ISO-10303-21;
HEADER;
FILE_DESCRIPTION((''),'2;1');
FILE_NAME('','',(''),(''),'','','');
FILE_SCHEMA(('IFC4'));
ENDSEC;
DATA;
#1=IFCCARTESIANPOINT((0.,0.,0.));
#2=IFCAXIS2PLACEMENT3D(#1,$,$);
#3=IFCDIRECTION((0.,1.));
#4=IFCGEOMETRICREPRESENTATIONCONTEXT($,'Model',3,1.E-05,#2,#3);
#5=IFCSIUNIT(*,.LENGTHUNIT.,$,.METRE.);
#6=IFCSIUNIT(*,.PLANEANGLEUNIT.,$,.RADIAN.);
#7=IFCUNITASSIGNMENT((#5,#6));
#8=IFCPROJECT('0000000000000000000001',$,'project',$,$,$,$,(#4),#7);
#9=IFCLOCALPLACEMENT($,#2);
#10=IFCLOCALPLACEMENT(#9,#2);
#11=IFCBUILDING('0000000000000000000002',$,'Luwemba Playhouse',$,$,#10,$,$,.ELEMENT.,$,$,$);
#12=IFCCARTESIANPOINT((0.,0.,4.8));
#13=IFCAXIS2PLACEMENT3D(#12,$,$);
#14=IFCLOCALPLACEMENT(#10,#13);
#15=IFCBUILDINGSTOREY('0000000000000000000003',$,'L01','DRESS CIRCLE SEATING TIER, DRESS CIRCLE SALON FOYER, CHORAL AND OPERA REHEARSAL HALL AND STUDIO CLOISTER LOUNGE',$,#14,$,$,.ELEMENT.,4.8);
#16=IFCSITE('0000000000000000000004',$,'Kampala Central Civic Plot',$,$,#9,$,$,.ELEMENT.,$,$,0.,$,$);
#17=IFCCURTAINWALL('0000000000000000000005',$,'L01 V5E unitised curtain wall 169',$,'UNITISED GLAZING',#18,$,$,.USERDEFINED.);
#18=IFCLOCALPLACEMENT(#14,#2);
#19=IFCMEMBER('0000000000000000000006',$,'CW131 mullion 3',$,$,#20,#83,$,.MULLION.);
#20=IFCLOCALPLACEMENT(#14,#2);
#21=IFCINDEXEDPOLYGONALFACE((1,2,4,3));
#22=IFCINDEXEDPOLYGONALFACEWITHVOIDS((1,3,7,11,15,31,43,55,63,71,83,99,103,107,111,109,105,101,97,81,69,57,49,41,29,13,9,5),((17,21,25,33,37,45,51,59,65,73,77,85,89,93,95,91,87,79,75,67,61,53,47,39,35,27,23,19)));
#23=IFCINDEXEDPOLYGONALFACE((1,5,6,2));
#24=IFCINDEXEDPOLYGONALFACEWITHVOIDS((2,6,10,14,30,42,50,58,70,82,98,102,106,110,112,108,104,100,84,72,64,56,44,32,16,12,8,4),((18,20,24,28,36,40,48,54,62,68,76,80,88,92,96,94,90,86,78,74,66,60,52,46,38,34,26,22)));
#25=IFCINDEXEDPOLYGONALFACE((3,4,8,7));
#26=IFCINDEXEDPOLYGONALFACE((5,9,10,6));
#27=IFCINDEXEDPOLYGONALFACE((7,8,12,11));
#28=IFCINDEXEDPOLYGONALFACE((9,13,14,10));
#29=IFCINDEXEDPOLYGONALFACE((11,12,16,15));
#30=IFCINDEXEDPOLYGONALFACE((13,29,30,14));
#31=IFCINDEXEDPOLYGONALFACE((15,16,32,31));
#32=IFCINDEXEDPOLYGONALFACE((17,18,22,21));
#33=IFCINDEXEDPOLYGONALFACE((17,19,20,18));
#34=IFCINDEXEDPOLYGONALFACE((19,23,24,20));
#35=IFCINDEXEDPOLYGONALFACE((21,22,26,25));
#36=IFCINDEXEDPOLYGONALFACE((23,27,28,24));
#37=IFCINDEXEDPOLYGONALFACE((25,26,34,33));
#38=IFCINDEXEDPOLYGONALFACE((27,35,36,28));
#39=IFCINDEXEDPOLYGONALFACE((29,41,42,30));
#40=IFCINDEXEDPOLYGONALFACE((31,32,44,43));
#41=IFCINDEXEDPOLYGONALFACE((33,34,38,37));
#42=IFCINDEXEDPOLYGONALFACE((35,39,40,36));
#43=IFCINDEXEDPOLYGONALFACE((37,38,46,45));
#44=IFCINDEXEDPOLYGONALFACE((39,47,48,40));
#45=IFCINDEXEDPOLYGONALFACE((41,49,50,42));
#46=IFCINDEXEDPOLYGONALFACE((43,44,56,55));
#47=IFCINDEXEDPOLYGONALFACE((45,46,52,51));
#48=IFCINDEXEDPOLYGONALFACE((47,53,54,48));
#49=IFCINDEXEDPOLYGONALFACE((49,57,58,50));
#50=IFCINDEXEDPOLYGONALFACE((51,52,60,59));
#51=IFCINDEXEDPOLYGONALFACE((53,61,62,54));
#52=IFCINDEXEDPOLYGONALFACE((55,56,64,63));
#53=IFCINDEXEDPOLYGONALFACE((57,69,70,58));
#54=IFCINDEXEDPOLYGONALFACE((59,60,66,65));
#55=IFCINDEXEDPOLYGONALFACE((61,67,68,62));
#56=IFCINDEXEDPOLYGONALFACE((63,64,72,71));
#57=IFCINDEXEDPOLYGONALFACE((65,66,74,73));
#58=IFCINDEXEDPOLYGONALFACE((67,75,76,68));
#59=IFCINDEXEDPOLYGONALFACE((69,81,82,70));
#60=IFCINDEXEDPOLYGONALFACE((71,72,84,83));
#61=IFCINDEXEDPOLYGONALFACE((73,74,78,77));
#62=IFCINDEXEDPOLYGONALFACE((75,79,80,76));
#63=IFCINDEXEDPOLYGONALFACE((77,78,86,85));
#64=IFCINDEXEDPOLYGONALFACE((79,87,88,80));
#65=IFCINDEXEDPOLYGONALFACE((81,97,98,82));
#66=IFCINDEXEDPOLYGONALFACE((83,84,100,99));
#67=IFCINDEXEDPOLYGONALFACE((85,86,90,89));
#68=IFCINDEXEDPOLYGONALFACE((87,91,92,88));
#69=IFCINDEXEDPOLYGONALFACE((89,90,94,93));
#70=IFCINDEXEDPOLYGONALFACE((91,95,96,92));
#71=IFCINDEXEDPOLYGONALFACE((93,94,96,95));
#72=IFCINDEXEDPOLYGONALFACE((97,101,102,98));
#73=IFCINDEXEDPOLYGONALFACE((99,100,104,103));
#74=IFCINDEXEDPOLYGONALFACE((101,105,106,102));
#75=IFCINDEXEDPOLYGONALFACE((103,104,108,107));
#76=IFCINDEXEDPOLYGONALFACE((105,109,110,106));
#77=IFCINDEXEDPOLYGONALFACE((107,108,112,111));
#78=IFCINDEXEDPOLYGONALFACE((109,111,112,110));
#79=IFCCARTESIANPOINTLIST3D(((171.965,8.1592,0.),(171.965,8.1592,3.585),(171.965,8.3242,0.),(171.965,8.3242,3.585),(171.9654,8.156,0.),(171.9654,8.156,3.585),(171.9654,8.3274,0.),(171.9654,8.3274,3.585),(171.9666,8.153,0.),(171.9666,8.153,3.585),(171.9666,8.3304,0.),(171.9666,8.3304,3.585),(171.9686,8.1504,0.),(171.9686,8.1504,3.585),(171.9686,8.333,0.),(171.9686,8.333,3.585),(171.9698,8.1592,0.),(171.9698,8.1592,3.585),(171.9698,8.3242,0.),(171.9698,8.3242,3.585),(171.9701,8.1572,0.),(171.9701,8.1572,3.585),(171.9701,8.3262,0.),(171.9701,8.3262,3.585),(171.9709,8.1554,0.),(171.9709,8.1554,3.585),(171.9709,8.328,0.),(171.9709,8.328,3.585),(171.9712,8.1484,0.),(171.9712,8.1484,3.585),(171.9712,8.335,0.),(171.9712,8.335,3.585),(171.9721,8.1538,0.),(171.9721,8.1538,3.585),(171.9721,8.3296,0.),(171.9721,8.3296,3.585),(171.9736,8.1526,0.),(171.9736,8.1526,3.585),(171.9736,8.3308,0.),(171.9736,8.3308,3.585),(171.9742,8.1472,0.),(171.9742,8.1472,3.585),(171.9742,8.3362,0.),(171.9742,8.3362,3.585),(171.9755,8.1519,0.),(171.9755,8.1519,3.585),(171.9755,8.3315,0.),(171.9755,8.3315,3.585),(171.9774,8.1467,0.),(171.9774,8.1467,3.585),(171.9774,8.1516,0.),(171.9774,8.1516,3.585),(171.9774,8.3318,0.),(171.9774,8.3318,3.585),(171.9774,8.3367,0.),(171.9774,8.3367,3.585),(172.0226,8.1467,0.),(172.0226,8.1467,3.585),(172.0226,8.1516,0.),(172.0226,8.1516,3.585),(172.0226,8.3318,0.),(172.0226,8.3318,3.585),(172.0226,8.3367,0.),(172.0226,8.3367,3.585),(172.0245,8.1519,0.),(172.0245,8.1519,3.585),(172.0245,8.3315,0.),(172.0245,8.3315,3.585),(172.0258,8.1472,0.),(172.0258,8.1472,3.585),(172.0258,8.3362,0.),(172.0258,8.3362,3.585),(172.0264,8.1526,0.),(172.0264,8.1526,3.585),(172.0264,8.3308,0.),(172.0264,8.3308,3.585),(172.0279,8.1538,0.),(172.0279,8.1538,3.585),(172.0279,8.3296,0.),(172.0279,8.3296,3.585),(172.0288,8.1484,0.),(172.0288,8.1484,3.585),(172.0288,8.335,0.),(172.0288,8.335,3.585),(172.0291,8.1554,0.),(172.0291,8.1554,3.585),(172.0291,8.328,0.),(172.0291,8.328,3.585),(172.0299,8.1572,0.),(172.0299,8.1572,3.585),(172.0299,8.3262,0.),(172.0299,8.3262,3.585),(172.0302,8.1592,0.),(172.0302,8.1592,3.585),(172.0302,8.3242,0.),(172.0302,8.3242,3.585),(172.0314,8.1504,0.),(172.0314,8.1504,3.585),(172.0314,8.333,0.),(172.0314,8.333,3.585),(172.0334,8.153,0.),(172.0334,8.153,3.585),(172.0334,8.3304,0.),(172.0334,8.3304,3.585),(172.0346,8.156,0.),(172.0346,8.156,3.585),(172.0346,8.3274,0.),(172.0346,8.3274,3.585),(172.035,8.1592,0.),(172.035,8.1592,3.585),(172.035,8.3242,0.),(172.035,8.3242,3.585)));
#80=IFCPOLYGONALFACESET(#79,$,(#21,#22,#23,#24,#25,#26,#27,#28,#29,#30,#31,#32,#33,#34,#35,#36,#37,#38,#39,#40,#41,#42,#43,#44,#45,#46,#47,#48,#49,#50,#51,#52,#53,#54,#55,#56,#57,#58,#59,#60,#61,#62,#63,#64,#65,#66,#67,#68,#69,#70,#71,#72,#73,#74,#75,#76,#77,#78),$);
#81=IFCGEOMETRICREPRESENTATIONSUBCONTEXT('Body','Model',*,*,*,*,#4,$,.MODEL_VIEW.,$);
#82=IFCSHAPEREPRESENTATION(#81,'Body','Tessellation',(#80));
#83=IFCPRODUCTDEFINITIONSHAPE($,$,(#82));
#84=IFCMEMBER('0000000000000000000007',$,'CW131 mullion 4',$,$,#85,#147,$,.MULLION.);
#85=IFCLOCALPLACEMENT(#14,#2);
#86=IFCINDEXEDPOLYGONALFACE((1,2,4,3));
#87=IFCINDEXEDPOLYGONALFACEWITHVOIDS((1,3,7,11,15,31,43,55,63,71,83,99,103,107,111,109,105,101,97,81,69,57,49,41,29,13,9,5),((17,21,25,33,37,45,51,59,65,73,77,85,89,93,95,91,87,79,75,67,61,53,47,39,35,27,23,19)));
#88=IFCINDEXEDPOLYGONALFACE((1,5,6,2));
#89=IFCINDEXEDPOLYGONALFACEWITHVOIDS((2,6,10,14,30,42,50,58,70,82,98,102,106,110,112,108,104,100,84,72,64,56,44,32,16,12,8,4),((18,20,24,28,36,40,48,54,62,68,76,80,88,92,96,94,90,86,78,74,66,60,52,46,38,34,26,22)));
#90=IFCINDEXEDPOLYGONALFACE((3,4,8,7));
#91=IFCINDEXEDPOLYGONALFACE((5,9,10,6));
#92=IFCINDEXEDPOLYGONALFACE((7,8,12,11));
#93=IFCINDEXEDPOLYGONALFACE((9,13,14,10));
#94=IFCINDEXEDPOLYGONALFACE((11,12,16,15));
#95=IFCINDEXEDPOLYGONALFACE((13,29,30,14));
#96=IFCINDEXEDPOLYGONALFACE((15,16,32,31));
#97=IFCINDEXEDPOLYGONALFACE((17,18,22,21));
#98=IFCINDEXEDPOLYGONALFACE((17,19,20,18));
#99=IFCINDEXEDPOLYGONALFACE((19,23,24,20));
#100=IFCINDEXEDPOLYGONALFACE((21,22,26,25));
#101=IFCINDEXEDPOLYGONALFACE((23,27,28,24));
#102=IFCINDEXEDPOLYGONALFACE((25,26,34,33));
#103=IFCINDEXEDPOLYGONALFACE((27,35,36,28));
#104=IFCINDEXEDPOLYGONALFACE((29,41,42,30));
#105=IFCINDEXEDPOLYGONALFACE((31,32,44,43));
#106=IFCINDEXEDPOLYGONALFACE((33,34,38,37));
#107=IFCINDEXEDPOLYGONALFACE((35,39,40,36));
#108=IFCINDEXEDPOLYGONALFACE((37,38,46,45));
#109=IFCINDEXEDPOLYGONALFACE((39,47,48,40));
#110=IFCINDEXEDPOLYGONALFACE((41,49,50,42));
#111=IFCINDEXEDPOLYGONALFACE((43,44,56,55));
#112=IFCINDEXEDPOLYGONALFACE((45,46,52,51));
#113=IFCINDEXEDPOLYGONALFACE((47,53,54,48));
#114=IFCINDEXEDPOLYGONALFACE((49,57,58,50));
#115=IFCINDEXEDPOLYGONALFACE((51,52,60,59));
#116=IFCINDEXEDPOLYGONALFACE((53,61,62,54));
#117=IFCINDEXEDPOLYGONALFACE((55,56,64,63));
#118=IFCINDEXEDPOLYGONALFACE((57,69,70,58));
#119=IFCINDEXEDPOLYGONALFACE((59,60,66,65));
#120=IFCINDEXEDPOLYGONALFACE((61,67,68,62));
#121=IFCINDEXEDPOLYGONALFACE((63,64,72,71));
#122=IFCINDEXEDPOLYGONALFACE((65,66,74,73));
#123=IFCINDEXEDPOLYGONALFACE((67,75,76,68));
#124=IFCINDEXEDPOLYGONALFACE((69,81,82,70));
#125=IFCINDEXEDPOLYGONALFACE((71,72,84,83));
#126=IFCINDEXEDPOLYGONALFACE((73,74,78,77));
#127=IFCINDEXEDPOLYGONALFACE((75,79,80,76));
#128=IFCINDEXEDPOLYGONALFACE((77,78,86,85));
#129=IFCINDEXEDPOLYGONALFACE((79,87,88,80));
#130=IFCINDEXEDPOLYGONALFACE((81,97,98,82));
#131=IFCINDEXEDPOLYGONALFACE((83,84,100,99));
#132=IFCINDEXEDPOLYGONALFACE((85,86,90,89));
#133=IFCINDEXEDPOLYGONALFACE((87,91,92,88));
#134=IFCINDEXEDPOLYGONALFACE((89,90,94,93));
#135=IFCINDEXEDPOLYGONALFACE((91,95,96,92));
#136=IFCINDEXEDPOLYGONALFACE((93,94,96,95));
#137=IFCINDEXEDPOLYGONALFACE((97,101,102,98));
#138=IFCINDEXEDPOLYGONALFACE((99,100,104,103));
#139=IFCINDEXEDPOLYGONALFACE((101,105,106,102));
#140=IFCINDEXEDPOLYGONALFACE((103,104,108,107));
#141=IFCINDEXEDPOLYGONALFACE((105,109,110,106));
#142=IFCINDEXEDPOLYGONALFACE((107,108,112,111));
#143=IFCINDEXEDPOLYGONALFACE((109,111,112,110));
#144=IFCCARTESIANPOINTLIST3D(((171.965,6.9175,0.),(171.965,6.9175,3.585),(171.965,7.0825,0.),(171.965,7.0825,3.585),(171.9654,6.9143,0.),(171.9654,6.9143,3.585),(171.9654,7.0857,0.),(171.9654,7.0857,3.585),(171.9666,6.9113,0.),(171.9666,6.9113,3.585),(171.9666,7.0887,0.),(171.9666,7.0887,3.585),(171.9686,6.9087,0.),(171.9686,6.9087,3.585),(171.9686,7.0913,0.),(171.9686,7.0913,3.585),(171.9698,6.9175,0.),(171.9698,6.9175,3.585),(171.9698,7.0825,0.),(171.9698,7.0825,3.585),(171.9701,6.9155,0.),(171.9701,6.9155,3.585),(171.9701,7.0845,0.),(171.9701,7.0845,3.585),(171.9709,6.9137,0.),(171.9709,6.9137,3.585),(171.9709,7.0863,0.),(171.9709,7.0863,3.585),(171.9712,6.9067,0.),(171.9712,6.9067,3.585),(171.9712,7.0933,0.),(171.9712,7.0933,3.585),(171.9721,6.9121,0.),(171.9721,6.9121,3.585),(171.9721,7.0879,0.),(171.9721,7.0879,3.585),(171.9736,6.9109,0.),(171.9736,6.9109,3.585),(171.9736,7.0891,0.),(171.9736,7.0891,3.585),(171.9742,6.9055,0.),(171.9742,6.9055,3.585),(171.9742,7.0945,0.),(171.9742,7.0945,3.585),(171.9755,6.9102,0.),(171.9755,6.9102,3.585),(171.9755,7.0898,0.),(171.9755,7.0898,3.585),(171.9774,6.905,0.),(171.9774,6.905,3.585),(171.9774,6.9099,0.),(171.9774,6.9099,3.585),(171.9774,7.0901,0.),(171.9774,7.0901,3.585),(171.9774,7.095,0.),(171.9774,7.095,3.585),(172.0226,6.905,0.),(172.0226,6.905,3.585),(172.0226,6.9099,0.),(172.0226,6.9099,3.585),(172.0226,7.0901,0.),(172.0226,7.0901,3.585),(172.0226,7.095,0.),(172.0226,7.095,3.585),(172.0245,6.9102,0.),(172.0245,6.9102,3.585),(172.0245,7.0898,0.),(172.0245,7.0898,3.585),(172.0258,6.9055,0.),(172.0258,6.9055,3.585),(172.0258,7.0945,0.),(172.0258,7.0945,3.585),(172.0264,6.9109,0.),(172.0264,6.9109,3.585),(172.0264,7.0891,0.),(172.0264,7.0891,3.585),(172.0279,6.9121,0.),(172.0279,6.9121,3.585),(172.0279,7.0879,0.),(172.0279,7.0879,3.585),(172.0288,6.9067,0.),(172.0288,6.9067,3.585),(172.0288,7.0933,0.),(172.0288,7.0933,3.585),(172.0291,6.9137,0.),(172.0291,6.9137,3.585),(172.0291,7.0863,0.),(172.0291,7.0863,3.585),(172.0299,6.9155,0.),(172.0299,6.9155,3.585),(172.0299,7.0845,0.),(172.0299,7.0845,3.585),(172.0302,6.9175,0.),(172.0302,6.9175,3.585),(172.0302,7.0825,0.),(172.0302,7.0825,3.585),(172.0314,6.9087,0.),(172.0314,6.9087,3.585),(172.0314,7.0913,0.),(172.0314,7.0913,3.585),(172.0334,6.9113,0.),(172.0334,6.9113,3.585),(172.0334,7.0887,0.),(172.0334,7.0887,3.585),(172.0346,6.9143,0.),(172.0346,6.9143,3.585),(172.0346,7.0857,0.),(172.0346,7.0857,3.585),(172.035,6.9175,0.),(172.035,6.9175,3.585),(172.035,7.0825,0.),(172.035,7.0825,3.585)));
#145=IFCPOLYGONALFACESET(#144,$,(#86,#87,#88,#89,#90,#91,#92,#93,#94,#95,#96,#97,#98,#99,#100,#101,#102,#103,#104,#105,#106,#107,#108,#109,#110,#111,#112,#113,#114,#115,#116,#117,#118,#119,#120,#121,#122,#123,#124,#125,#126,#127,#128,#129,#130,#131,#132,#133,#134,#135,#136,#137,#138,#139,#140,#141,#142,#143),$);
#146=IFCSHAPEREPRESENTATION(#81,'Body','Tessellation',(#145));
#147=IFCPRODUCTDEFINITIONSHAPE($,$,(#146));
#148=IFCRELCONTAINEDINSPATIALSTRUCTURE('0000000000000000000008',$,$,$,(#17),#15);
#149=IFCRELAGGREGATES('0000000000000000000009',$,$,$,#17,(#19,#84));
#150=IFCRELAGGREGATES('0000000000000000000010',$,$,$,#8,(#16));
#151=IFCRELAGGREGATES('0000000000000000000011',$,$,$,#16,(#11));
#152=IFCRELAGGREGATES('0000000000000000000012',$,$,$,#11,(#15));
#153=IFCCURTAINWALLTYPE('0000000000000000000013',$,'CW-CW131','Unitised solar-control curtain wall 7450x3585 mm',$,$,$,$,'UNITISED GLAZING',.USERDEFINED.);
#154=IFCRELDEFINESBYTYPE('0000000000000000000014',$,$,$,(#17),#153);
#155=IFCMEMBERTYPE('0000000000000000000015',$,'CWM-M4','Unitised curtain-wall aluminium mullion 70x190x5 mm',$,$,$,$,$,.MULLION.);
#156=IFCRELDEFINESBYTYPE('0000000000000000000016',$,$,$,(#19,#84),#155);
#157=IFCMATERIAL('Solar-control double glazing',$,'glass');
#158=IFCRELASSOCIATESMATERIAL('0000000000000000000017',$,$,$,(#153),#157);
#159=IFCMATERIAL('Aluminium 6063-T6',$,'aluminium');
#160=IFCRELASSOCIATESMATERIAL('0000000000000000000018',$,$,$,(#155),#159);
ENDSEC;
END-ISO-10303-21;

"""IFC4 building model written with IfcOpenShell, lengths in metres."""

from ifc_helpers import new_model, si_unit, direction, frame, origin, origin_2d, place, context, subcontext, project, spatial, hollow_rectangle, extrude, material, material_profile, profile_set, type_object, element, aggregate, save


model = new_model("IFC4")

# Units and contexts
model_context = context("Model", 3, precision=1e-05, world=origin(), true_north=direction((0.0, 1.0)))
body_context = subcontext(model_context, "Body", "Model", "MODEL_VIEW")
ifc_project = project(units=[si_unit("LENGTHUNIT", "METRE"), si_unit("PLANEANGLEUNIT", "RADIAN")], contexts=[model_context])

# Site, building, storey
site_placement = place(None, origin())
site = spatial("IfcSite", under=ifc_project, at=site_placement, Name="Kampala Central Civic Plot", CompositionType="ELEMENT", RefElevation=0.0)
building_placement = place(site_placement, origin())
building = spatial("IfcBuilding", under=site, at=building_placement, Name="Luwemba Playhouse", CompositionType="ELEMENT")
storey_placement = place(building_placement, frame((0.0, 0.0, 4.8)))
storey = spatial("IfcBuildingStorey", under=building, at=storey_placement, Name="L01", Description="DRESS CIRCLE SEATING TIER, DRESS CIRCLE SALON FOYER, CHORAL AND OPERA REHEARSAL HALL AND STUDIO CLOISTER LOUNGE", CompositionType="ELEMENT", Elevation=4.8)

# Curtain wall, members
ifc_material_1 = material(Name="Solar-control double glazing", Category="glass")
curtain_wall_type = type_object("IfcCurtainWallType", Name="CW-CW131", Description="Unitised solar-control curtain wall 7450x3585 mm", ElementType="UNITISED GLAZING", PredefinedType="USERDEFINED", material=ifc_material_1)
curtain_wall_placement = place(storey_placement, origin())
curtain_wall = element("IfcCurtainWall", 1, at=curtain_wall_placement, inside=storey, type_object=curtain_wall_type, Name="L01 V5E unitised curtain wall 169", ObjectType="UNITISED GLAZING", PredefinedType="USERDEFINED")
ifc_material_2 = material(Name="Aluminium 6063-T6", Category="aluminium")
ifc_material_profile_1 = material_profile(ifc_material_2, hollow_rectangle(XDim=0.0701, YDim=0.1899, WallThickness=0.0049, InnerFilletRadius=0.0076, OuterFilletRadius=0.0125, at=origin_2d()))
ifc_profile_set_1 = profile_set([ifc_material_profile_1], Name="Aluminium 6063-T6")
member_type_1 = type_object("IfcMemberType", Name="CWM-M4", Description="Unitised curtain-wall aluminium mullion 70x190x5 mm", PredefinedType="MULLION", material=ifc_profile_set_1)
member_1_placement = place(storey_placement, frame((172.0, 8.2417, 0.0), z_axis=(0.0, 0.0, 1.0), x_axis=(1.0, 0.0, 0.0)))
member_1 = element("IfcMember", 2, at=member_1_placement, type_object=member_type_1, Name="CW131 mullion 3", PredefinedType="MULLION", context=body_context, shape_type="SweptSolid", body=[
    extrude(hollow_rectangle(XDim=0.0701, YDim=0.1899, WallThickness=0.0049, InnerFilletRadius=0.0076, OuterFilletRadius=0.0125, at=origin_2d()), origin(), (0.0, 0.0, 1.0), 3.585),
])
member_2_placement = place(storey_placement, frame((172.0, 7.0, 0.0), z_axis=(0.0, 0.0, 1.0), x_axis=(1.0, 0.0, 0.0)))
member_2 = element("IfcMember", 3, at=member_2_placement, type_object=member_type_1, Name="CW131 mullion 4", PredefinedType="MULLION", context=body_context, shape_type="SweptSolid", body=[
    extrude(hollow_rectangle(XDim=0.0701, YDim=0.1899, WallThickness=0.0049, InnerFilletRadius=0.0076, OuterFilletRadius=0.0125, at=origin_2d()), origin(), (0.0, 0.0, 1.0), 3.585),
])
aggregate(curtain_wall, [member_1, member_2])

save(model, "model.ifc")
